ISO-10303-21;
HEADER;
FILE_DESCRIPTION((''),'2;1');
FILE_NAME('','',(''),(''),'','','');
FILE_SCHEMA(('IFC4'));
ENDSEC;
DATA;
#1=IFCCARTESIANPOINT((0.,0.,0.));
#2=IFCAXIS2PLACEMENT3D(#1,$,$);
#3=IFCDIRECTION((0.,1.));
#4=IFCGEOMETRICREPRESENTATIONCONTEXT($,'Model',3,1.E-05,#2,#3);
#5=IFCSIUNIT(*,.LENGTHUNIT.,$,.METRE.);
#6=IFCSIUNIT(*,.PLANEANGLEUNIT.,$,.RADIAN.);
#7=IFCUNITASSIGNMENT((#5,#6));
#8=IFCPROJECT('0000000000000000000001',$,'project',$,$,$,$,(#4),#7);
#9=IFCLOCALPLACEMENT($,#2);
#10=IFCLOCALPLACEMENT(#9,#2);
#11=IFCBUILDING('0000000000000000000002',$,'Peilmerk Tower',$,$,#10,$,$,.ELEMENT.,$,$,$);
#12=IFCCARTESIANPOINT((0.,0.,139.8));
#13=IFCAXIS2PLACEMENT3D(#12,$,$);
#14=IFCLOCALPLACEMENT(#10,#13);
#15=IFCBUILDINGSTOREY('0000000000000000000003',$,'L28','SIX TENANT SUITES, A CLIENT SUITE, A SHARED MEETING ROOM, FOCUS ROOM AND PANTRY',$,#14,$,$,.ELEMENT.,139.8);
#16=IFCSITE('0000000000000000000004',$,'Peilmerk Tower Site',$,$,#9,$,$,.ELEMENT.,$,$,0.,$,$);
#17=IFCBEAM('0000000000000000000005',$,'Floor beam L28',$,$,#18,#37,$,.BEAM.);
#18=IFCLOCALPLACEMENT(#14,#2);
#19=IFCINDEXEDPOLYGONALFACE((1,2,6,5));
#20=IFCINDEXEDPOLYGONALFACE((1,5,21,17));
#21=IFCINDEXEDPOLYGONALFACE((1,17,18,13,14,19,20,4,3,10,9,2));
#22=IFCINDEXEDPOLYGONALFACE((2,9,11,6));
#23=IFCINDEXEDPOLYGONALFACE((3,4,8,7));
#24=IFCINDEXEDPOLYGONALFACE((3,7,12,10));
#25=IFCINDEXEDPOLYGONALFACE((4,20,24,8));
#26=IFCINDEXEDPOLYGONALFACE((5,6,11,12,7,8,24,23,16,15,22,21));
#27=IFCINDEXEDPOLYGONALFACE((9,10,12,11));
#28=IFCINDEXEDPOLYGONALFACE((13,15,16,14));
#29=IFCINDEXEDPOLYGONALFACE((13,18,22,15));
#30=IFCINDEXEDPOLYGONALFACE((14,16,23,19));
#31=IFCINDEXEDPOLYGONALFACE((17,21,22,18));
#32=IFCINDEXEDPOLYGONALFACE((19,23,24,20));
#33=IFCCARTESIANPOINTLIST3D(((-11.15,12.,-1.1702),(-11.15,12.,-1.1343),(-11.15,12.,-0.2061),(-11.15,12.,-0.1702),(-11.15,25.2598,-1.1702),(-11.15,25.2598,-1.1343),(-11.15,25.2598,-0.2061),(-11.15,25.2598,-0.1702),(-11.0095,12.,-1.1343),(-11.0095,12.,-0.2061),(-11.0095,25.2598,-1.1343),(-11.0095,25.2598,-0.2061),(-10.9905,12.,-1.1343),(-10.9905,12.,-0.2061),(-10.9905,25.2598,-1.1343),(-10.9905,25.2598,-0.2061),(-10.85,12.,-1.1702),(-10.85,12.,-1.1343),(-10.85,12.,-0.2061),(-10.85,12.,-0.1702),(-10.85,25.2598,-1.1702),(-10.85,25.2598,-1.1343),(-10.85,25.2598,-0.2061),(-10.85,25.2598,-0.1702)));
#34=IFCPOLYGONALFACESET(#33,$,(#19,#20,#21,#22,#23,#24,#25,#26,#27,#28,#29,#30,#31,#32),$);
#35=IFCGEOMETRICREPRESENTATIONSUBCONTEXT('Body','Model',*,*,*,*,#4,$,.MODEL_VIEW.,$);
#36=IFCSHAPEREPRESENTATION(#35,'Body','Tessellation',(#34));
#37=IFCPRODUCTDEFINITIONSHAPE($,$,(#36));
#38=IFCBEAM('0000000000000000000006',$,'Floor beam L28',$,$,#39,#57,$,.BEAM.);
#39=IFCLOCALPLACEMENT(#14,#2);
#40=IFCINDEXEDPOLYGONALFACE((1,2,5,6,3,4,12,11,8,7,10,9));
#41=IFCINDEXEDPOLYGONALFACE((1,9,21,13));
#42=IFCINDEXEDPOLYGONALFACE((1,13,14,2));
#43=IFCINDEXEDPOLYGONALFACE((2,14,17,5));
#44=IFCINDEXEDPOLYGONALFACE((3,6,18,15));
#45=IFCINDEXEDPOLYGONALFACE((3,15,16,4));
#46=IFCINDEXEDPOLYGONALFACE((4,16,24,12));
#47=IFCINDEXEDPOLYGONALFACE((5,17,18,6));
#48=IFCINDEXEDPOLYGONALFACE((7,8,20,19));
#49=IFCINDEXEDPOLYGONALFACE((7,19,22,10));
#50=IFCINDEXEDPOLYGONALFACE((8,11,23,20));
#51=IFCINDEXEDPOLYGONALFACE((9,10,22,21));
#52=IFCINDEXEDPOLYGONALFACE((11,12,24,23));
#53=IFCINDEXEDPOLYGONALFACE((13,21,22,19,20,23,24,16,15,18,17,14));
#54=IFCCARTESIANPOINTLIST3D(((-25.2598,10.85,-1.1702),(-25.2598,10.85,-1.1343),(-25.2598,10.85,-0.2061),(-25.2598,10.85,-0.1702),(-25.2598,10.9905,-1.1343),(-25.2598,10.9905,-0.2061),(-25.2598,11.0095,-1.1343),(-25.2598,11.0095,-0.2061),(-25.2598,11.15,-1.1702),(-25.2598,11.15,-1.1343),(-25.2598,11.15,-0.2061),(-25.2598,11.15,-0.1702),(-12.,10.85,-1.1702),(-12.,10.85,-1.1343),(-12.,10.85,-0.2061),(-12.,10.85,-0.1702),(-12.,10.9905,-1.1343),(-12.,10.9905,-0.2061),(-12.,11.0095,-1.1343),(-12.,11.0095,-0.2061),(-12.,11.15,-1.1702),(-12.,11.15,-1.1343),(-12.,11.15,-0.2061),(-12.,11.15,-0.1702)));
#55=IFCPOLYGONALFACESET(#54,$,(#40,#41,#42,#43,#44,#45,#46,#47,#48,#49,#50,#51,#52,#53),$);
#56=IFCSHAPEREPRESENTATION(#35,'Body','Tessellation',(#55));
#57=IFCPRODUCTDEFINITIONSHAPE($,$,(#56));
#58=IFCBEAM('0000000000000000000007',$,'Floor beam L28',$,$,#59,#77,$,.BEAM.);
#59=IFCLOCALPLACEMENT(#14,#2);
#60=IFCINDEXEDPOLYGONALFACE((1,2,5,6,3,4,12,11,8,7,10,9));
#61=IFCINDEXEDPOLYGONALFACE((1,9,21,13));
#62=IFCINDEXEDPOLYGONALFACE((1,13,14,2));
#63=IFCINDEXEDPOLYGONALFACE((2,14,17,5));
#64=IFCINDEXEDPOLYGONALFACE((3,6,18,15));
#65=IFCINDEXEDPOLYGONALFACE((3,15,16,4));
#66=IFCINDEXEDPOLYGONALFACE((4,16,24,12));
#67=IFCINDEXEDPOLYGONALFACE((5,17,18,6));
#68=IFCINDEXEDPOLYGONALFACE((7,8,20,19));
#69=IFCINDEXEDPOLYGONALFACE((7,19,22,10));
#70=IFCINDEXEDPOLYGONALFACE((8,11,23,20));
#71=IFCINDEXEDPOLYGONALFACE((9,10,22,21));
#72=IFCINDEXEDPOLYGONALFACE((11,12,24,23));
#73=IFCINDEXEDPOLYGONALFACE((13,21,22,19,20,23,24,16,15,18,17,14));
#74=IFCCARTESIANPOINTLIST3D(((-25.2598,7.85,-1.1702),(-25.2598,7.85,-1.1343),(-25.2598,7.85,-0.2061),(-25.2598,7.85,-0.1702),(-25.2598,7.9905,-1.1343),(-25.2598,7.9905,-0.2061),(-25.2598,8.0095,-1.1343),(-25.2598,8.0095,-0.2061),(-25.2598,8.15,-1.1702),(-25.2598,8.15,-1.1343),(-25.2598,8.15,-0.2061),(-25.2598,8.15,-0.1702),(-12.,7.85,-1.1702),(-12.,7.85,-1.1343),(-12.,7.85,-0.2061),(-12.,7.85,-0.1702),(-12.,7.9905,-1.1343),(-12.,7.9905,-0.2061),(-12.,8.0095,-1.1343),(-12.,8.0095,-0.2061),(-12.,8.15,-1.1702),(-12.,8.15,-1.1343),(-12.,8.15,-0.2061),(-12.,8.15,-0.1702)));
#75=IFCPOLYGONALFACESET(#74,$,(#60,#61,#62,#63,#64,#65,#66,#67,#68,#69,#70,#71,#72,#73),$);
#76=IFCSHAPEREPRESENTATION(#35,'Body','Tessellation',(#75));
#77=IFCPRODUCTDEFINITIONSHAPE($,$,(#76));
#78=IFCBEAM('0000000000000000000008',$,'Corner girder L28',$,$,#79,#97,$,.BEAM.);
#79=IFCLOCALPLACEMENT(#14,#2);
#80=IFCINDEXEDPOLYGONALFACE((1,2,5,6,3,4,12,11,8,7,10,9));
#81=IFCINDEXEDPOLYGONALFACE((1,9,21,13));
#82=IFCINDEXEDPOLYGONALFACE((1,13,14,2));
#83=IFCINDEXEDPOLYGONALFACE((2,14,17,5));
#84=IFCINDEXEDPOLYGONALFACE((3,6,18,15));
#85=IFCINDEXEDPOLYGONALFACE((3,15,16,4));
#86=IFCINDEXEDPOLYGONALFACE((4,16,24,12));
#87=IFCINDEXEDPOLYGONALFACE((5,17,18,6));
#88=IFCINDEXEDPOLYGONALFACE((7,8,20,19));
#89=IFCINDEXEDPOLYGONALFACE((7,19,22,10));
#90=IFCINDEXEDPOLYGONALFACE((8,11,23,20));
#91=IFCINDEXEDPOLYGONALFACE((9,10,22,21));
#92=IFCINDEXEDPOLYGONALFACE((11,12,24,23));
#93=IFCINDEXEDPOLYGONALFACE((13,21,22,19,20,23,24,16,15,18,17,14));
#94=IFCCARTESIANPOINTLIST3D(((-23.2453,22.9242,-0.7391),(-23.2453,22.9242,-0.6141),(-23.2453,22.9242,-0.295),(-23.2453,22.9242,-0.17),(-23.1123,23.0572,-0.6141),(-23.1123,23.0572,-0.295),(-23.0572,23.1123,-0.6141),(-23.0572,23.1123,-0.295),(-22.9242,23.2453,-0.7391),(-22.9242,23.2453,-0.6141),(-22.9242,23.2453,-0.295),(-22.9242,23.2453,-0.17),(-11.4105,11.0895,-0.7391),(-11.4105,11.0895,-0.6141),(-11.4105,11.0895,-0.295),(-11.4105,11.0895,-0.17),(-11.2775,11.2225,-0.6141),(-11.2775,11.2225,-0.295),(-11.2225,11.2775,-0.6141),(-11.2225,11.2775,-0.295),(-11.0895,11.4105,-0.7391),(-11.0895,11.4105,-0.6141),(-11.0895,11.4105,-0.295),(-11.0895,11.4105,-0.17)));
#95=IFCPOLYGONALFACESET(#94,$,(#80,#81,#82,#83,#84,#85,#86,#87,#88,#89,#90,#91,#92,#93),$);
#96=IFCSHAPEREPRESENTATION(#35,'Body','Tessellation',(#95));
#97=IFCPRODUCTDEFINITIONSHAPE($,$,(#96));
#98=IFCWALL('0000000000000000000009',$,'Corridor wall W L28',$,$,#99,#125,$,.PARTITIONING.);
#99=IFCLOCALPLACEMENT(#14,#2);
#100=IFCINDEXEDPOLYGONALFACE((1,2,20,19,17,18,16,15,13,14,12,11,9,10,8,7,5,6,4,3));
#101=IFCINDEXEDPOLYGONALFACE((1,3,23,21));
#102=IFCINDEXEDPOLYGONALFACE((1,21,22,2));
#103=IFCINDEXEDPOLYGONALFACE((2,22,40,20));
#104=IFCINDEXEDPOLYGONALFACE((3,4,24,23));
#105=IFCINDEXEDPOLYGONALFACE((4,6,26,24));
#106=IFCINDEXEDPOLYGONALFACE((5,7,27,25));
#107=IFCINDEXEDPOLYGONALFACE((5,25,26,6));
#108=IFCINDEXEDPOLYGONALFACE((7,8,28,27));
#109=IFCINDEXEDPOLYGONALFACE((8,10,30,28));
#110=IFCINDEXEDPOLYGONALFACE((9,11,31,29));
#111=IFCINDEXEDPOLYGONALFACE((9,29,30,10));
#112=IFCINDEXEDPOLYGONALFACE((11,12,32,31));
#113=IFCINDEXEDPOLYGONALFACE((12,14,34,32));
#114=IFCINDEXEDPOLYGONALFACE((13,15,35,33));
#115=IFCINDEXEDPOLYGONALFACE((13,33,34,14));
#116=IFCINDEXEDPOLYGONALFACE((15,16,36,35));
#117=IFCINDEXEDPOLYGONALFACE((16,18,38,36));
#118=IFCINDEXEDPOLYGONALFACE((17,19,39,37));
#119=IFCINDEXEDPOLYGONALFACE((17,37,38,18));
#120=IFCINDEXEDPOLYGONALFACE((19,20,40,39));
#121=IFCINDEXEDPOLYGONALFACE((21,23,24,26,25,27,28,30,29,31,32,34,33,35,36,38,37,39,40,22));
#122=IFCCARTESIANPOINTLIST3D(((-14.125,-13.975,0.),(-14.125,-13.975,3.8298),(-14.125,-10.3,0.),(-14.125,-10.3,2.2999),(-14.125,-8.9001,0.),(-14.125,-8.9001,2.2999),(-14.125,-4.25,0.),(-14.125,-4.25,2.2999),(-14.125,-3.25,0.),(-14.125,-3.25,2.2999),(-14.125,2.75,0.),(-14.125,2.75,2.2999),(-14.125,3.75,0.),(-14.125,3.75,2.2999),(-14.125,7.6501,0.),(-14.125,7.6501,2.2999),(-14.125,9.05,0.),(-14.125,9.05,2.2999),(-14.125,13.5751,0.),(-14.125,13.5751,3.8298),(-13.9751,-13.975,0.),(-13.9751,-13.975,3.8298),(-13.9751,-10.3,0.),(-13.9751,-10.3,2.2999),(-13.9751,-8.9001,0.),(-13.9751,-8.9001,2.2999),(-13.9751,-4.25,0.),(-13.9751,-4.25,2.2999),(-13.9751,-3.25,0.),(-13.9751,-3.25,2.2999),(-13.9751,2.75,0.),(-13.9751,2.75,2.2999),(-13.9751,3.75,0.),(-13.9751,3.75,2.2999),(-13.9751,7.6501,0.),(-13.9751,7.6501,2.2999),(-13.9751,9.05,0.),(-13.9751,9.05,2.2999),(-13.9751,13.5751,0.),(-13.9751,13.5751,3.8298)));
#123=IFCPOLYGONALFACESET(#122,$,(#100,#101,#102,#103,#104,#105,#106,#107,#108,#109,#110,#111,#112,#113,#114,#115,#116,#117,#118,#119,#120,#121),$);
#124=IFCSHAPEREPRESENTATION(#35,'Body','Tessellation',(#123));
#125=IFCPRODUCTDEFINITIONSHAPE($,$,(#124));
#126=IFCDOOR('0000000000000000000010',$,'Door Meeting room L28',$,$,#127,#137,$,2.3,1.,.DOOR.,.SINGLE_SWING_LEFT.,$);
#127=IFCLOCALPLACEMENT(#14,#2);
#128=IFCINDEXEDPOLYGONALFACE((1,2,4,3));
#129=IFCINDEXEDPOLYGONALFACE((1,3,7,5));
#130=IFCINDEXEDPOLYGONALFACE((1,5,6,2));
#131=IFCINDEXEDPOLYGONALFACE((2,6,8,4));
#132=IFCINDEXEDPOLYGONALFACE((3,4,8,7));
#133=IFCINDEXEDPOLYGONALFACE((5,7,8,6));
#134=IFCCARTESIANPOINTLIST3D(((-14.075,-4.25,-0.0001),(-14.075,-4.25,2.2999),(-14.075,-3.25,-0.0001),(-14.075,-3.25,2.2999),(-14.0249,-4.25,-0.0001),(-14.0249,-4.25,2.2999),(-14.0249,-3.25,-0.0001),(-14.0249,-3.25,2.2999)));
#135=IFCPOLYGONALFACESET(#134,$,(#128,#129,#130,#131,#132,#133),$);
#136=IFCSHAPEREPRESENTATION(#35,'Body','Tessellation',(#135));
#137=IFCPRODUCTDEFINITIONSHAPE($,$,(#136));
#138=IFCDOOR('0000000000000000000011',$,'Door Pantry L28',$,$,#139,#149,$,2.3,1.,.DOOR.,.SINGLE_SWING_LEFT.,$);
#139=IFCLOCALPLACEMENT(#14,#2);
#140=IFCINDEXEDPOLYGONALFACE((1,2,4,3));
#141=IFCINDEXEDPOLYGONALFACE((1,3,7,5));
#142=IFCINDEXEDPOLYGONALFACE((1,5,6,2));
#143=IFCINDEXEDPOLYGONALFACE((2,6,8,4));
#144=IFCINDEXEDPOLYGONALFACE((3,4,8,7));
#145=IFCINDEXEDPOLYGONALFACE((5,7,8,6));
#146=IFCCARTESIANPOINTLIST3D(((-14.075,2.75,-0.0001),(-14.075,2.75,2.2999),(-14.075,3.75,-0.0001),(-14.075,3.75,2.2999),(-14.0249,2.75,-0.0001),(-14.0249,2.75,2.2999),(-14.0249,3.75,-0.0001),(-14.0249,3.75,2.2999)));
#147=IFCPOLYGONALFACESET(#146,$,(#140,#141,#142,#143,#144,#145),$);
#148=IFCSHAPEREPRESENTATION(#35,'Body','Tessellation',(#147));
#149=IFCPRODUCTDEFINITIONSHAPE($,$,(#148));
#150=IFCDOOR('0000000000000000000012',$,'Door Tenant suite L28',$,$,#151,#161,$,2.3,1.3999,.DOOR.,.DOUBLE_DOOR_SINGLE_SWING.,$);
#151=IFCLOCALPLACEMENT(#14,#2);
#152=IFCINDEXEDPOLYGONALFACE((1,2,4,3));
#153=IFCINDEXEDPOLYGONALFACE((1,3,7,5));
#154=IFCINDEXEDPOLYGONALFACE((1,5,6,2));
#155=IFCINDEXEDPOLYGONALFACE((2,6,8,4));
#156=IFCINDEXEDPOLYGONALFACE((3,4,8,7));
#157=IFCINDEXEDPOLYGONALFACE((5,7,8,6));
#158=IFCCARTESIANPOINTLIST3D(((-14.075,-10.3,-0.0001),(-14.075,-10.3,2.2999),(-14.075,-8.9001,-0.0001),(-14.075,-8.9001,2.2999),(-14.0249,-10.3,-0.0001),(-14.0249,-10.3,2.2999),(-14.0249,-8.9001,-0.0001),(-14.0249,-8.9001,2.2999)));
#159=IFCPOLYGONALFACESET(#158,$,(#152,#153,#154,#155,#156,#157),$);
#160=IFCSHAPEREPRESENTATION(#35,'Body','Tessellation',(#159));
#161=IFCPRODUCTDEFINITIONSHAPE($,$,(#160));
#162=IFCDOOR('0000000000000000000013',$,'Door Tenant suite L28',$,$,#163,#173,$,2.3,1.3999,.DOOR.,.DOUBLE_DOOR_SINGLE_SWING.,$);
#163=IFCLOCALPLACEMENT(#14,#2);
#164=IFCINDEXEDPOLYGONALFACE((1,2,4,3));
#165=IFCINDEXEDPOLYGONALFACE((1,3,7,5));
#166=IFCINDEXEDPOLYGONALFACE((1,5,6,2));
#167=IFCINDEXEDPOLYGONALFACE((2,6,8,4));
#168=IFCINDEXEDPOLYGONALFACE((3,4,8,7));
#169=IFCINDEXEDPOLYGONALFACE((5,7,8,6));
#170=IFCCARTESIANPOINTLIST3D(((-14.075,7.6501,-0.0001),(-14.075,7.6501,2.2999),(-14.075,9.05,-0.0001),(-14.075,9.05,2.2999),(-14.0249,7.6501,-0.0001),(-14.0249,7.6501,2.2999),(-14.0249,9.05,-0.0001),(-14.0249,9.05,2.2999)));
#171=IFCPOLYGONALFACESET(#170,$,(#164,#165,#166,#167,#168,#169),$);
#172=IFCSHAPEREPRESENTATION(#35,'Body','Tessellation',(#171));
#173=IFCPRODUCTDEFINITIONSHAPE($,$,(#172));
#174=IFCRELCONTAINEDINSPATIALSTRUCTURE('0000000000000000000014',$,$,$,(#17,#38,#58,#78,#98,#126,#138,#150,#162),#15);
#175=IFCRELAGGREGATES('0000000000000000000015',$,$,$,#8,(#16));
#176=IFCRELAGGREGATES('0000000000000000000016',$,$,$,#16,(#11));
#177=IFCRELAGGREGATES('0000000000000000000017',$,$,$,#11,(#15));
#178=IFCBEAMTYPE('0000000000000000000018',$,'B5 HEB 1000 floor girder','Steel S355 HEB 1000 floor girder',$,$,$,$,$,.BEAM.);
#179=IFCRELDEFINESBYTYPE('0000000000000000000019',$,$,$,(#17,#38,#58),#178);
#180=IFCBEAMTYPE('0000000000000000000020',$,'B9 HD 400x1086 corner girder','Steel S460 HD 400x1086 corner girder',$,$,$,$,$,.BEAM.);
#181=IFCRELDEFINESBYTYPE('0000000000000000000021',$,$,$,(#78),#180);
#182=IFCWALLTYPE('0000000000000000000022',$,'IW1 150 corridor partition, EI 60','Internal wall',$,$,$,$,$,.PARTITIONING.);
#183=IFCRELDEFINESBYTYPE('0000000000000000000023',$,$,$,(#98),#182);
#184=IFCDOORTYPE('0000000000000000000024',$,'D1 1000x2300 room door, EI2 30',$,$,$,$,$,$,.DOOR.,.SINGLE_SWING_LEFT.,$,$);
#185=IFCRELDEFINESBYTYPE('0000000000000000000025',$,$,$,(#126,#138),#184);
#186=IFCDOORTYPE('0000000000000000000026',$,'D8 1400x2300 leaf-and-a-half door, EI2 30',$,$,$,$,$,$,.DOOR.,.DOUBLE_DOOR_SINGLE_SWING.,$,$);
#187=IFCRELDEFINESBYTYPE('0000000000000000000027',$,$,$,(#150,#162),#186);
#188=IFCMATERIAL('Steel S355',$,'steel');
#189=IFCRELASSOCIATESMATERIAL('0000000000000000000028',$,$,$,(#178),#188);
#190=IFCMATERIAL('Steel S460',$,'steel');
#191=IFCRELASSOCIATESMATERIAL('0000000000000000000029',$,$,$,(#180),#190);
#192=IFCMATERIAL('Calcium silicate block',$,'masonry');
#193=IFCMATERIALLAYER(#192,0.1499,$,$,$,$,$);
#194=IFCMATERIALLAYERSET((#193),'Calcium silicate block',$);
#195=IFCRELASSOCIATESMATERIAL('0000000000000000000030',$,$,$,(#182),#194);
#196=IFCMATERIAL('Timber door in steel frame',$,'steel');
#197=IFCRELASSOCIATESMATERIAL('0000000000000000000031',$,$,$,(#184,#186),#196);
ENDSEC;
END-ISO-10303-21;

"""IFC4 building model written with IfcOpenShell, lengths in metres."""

from ifc_helpers import new_model, si_unit, direction, frame, frame_2d, origin, origin_2d, place, context, subcontext, project, spatial, rectangle, i_section, extrude, material, layer, layer_set, material_profile, profile_set, type_object, element, fill, save


model = new_model("IFC4")

# Units and contexts
model_context = context("Model", 3, precision=1e-05, world=origin(), true_north=direction((0.0, 1.0)))
body_context = subcontext(model_context, "Body", "Model", "MODEL_VIEW")
ifc_project = project(units=[si_unit("LENGTHUNIT", "METRE"), si_unit("PLANEANGLEUNIT", "RADIAN")], contexts=[model_context])

# Site, building, storey
site_placement = place(None, origin())
site = spatial("IfcSite", under=ifc_project, at=site_placement, Name="Peilmerk Tower Site", CompositionType="ELEMENT", RefElevation=0.0)
building_placement = place(site_placement, origin())
building = spatial("IfcBuilding", under=site, at=building_placement, Name="Peilmerk Tower", CompositionType="ELEMENT")
storey_placement = place(building_placement, frame((0.0, 0.0, 139.8)))
storey = spatial("IfcBuildingStorey", under=building, at=storey_placement, Name="L28", Description="SIX TENANT SUITES, A CLIENT SUITE, A SHARED MEETING ROOM, FOCUS ROOM AND PANTRY", CompositionType="ELEMENT", Elevation=139.8)

# Shared definitions
ifc_material_1 = material(Name="Steel S460", Category="steel")

# Beams
ifc_material_2 = material(Name="Steel S355", Category="steel")
ifc_material_profile_1 = material_profile(ifc_material_2, i_section(OverallWidth=0.3, OverallDepth=1.0, WebThickness=0.019, FlangeThickness=0.0359, at=origin_2d()), Name="HEB 1000")
ifc_profile_set_1 = profile_set([ifc_material_profile_1], Name="Steel S355")
beam_type_1 = type_object("IfcBeamType", Name="B5 HEB 1000 floor girder", Description="Steel S355 HEB 1000 floor girder", PredefinedType="BEAM", material=ifc_profile_set_1)
for number, where, z_axis, x_axis, name in (
    (1, (-11.0, 12.0, -0.6702), (0.0, 1.0, 0.0), (-1.0, 0.0, 0.0), "Floor beam L28"),
    (2, (-12.0, 11.0, -0.6702), (-1.0, 0.0, 0.0), (0.0, -1.0, 0.0), "Floor beam L28"),
    (3, (-12.0, 8.0, -0.6702), (-1.0, 0.0, 0.0), (0.0, -1.0, 0.0), "Floor beam L28"),
):
    element("IfcBeam", number, at=place(storey_placement, frame(where, z_axis=z_axis, x_axis=x_axis)), inside=storey, type_object=beam_type_1, Name=name, PredefinedType="BEAM", context=body_context, shape_type="SweptSolid", body=[
        extrude(i_section(OverallWidth=0.3, OverallDepth=1.0, WebThickness=0.019, FlangeThickness=0.0359, at=origin_2d()), origin(), (0.0, 0.0, 1.0), 13.2598),
    ])
ifc_material_profile_2 = material_profile(ifc_material_1, i_section(OverallWidth=0.4541, OverallDepth=0.5691, WebThickness=0.0779, FlangeThickness=0.125, at=origin_2d()), Name="HD 400x1086")
ifc_profile_set_2 = profile_set([ifc_material_profile_2], Name="Steel S460")
beam_type_2 = type_object("IfcBeamType", Name="B9 HD 400x1086 corner girder", Description="Steel S460 HD 400x1086 corner girder", PredefinedType="BEAM", material=ifc_profile_set_2)
beam_placement = place(storey_placement, frame((-11.25, 11.25, -0.4546), z_axis=(-0.707107, 0.707107, 0.0), x_axis=(-0.707107, -0.707107, 0.0)))
element("IfcBeam", 4, at=beam_placement, inside=storey, type_object=beam_type_2, Name="Corner girder L28", PredefinedType="BEAM", context=body_context, shape_type="SweptSolid", body=[
    extrude(i_section(OverallWidth=0.4541, OverallDepth=0.5691, WebThickness=0.0779, FlangeThickness=0.125, at=origin_2d()), origin(), (0.0, 0.0, 1.0), 16.7368),
])

# Wall, openings, doors
ifc_material_3 = material(Name="Calcium silicate block", Category="masonry")
ifc_layer_1 = layer(ifc_material_3, 0.1499)
ifc_layer_set_1 = layer_set([ifc_layer_1], Name="Calcium silicate block")
wall_type_1 = type_object("IfcWallType", Name="IW1 150 corridor partition, EI 60", Description="Internal wall", PredefinedType="PARTITIONING", material=ifc_layer_set_1)
wall_1_placement = place(storey_placement, frame((-14.05, 13.575, 0.0), z_axis=(0.0, 0.0, 1.0), x_axis=(0.0, -1.0, 0.0)))
wall_1 = element("IfcWall", 5, at=wall_1_placement, inside=storey, type_object=wall_type_1, Name="Corridor wall W L28", PredefinedType="PARTITIONING", context=body_context, shape_type="SweptSolid", body=[
    extrude(rectangle(XDim=27.55, YDim=0.1499, at=frame_2d((13.7749, 0.0))), origin(), (0.0, 0.0, 1.0), 3.8298),
])
opening_1_placement = place(wall_1_placement, frame((22.4751, 0.0, 0.0)))
opening_1 = element("IfcOpeningElement", 6, at=opening_1_placement, cuts=wall_1, PredefinedType="OPENING", context=body_context, shape_type="SweptSolid", body=[
    extrude(rectangle(XDim=1.3999, YDim=2.3, at=frame_2d((0.7, 1.1499))), frame((0.0, 0.085, 0.0), z_axis=(0.0, -1.0, 0.0), x_axis=(1.0, 0.0, 0.0)), (0.0, 0.0, 1.0), 0.1699),
])
opening_2_placement = place(wall_1_placement, frame((4.5249, 0.0, 0.0)))
opening_2 = element("IfcOpeningElement", 7, at=opening_2_placement, cuts=wall_1, PredefinedType="OPENING", context=body_context, shape_type="SweptSolid", body=[
    extrude(rectangle(XDim=1.3999, YDim=2.3, at=frame_2d((0.7, 1.1499))), frame((0.0, 0.085, 0.0), z_axis=(0.0, -1.0, 0.0), x_axis=(1.0, 0.0, 0.0)), (0.0, 0.0, 1.0), 0.1699),
])
opening_3_placement = place(wall_1_placement, frame((16.825, 0.0, 0.0)))
opening_3 = element("IfcOpeningElement", 8, at=opening_3_placement, cuts=wall_1, PredefinedType="OPENING", context=body_context, shape_type="SweptSolid", body=[
    extrude(rectangle(XDim=1.0, YDim=2.3, at=frame_2d((0.5, 1.1499))), frame((0.0, 0.085, 0.0), z_axis=(0.0, -1.0, 0.0), x_axis=(1.0, 0.0, 0.0)), (0.0, 0.0, 1.0), 0.1699),
])
opening_4_placement = place(wall_1_placement, frame((9.825, 0.0, 0.0)))
opening_4 = element("IfcOpeningElement", 9, at=opening_4_placement, cuts=wall_1, PredefinedType="OPENING", context=body_context, shape_type="SweptSolid", body=[
    extrude(rectangle(XDim=1.0, YDim=2.3, at=frame_2d((0.5, 1.1499))), frame((0.0, 0.085, 0.0), z_axis=(0.0, -1.0, 0.0), x_axis=(1.0, 0.0, 0.0)), (0.0, 0.0, 1.0), 0.1699),
])
ifc_material_4 = material(Name="Timber door in steel frame", Category="steel")
door_type_1 = type_object("IfcDoorType", Name="D1 1000x2300 room door, EI2 30", OperationType="SINGLE_SWING_LEFT", PredefinedType="DOOR", material=ifc_material_4)
door_1_placement = place(opening_3_placement, frame((1.0, 0.0, 0.0), z_axis=(0.0, 0.0, 1.0), x_axis=(-1.0, 0.0, 0.0)))
door_1 = element("IfcDoor", 10, at=door_1_placement, inside=storey, type_object=door_type_1, Name="Door Meeting room L28", OperationType="SINGLE_SWING_LEFT", OverallHeight=2.3, OverallWidth=1.0, PredefinedType="DOOR", context=body_context, shape_type="SweptSolid", body=[
    extrude(rectangle(XDim=1.0, YDim=2.3, at=frame_2d((0.5, 1.1499))), frame((0.0, 0.0249, 0.0), z_axis=(0.0, -1.0, 0.0), x_axis=(1.0, 0.0, 0.0)), (0.0, 0.0, 1.0), 0.05),
])
fill(opening_3, door_1)
door_2_placement = place(opening_4_placement, frame((1.0, 0.0, 0.0), z_axis=(0.0, 0.0, 1.0), x_axis=(-1.0, 0.0, 0.0)))
door_2 = element("IfcDoor", 11, at=door_2_placement, inside=storey, type_object=door_type_1, Name="Door Pantry L28", OperationType="SINGLE_SWING_LEFT", OverallHeight=2.3, OverallWidth=1.0, PredefinedType="DOOR", context=body_context, shape_type="SweptSolid", body=[
    extrude(rectangle(XDim=1.0, YDim=2.3, at=frame_2d((0.5, 1.1499))), frame((0.0, 0.0249, 0.0), z_axis=(0.0, -1.0, 0.0), x_axis=(1.0, 0.0, 0.0)), (0.0, 0.0, 1.0), 0.05),
])
fill(opening_4, door_2)
door_type_2 = type_object("IfcDoorType", Name="D8 1400x2300 leaf-and-a-half door, EI2 30", OperationType="DOUBLE_DOOR_SINGLE_SWING", PredefinedType="DOOR", material=ifc_material_4)
door_3_placement = place(opening_1_placement, frame((1.3999, 0.0, 0.0), z_axis=(0.0, 0.0, 1.0), x_axis=(-1.0, 0.0, 0.0)))
door_3 = element("IfcDoor", 12, at=door_3_placement, inside=storey, type_object=door_type_2, Name="Door Tenant suite L28", OperationType="DOUBLE_DOOR_SINGLE_SWING", OverallHeight=2.3, OverallWidth=1.3999, PredefinedType="DOOR", context=body_context, shape_type="SweptSolid", body=[
    extrude(rectangle(XDim=1.3999, YDim=2.3, at=frame_2d((0.7, 1.1499))), frame((0.0, 0.0249, 0.0), z_axis=(0.0, -1.0, 0.0), x_axis=(1.0, 0.0, 0.0)), (0.0, 0.0, 1.0), 0.05),
])
fill(opening_1, door_3)
door_4_placement = place(opening_2_placement, frame((1.3999, 0.0, 0.0), z_axis=(0.0, 0.0, 1.0), x_axis=(-1.0, 0.0, 0.0)))
door_4 = element("IfcDoor", 13, at=door_4_placement, inside=storey, type_object=door_type_2, Name="Door Tenant suite L28", OperationType="DOUBLE_DOOR_SINGLE_SWING", OverallHeight=2.3, OverallWidth=1.3999, PredefinedType="DOOR", context=body_context, shape_type="SweptSolid", body=[
    extrude(rectangle(XDim=1.3999, YDim=2.3, at=frame_2d((0.7, 1.1499))), frame((0.0, 0.0249, 0.0), z_axis=(0.0, -1.0, 0.0), x_axis=(1.0, 0.0, 0.0)), (0.0, 0.0, 1.0), 0.05),
])
fill(opening_2, door_4)

save(model, "model.ifc")
